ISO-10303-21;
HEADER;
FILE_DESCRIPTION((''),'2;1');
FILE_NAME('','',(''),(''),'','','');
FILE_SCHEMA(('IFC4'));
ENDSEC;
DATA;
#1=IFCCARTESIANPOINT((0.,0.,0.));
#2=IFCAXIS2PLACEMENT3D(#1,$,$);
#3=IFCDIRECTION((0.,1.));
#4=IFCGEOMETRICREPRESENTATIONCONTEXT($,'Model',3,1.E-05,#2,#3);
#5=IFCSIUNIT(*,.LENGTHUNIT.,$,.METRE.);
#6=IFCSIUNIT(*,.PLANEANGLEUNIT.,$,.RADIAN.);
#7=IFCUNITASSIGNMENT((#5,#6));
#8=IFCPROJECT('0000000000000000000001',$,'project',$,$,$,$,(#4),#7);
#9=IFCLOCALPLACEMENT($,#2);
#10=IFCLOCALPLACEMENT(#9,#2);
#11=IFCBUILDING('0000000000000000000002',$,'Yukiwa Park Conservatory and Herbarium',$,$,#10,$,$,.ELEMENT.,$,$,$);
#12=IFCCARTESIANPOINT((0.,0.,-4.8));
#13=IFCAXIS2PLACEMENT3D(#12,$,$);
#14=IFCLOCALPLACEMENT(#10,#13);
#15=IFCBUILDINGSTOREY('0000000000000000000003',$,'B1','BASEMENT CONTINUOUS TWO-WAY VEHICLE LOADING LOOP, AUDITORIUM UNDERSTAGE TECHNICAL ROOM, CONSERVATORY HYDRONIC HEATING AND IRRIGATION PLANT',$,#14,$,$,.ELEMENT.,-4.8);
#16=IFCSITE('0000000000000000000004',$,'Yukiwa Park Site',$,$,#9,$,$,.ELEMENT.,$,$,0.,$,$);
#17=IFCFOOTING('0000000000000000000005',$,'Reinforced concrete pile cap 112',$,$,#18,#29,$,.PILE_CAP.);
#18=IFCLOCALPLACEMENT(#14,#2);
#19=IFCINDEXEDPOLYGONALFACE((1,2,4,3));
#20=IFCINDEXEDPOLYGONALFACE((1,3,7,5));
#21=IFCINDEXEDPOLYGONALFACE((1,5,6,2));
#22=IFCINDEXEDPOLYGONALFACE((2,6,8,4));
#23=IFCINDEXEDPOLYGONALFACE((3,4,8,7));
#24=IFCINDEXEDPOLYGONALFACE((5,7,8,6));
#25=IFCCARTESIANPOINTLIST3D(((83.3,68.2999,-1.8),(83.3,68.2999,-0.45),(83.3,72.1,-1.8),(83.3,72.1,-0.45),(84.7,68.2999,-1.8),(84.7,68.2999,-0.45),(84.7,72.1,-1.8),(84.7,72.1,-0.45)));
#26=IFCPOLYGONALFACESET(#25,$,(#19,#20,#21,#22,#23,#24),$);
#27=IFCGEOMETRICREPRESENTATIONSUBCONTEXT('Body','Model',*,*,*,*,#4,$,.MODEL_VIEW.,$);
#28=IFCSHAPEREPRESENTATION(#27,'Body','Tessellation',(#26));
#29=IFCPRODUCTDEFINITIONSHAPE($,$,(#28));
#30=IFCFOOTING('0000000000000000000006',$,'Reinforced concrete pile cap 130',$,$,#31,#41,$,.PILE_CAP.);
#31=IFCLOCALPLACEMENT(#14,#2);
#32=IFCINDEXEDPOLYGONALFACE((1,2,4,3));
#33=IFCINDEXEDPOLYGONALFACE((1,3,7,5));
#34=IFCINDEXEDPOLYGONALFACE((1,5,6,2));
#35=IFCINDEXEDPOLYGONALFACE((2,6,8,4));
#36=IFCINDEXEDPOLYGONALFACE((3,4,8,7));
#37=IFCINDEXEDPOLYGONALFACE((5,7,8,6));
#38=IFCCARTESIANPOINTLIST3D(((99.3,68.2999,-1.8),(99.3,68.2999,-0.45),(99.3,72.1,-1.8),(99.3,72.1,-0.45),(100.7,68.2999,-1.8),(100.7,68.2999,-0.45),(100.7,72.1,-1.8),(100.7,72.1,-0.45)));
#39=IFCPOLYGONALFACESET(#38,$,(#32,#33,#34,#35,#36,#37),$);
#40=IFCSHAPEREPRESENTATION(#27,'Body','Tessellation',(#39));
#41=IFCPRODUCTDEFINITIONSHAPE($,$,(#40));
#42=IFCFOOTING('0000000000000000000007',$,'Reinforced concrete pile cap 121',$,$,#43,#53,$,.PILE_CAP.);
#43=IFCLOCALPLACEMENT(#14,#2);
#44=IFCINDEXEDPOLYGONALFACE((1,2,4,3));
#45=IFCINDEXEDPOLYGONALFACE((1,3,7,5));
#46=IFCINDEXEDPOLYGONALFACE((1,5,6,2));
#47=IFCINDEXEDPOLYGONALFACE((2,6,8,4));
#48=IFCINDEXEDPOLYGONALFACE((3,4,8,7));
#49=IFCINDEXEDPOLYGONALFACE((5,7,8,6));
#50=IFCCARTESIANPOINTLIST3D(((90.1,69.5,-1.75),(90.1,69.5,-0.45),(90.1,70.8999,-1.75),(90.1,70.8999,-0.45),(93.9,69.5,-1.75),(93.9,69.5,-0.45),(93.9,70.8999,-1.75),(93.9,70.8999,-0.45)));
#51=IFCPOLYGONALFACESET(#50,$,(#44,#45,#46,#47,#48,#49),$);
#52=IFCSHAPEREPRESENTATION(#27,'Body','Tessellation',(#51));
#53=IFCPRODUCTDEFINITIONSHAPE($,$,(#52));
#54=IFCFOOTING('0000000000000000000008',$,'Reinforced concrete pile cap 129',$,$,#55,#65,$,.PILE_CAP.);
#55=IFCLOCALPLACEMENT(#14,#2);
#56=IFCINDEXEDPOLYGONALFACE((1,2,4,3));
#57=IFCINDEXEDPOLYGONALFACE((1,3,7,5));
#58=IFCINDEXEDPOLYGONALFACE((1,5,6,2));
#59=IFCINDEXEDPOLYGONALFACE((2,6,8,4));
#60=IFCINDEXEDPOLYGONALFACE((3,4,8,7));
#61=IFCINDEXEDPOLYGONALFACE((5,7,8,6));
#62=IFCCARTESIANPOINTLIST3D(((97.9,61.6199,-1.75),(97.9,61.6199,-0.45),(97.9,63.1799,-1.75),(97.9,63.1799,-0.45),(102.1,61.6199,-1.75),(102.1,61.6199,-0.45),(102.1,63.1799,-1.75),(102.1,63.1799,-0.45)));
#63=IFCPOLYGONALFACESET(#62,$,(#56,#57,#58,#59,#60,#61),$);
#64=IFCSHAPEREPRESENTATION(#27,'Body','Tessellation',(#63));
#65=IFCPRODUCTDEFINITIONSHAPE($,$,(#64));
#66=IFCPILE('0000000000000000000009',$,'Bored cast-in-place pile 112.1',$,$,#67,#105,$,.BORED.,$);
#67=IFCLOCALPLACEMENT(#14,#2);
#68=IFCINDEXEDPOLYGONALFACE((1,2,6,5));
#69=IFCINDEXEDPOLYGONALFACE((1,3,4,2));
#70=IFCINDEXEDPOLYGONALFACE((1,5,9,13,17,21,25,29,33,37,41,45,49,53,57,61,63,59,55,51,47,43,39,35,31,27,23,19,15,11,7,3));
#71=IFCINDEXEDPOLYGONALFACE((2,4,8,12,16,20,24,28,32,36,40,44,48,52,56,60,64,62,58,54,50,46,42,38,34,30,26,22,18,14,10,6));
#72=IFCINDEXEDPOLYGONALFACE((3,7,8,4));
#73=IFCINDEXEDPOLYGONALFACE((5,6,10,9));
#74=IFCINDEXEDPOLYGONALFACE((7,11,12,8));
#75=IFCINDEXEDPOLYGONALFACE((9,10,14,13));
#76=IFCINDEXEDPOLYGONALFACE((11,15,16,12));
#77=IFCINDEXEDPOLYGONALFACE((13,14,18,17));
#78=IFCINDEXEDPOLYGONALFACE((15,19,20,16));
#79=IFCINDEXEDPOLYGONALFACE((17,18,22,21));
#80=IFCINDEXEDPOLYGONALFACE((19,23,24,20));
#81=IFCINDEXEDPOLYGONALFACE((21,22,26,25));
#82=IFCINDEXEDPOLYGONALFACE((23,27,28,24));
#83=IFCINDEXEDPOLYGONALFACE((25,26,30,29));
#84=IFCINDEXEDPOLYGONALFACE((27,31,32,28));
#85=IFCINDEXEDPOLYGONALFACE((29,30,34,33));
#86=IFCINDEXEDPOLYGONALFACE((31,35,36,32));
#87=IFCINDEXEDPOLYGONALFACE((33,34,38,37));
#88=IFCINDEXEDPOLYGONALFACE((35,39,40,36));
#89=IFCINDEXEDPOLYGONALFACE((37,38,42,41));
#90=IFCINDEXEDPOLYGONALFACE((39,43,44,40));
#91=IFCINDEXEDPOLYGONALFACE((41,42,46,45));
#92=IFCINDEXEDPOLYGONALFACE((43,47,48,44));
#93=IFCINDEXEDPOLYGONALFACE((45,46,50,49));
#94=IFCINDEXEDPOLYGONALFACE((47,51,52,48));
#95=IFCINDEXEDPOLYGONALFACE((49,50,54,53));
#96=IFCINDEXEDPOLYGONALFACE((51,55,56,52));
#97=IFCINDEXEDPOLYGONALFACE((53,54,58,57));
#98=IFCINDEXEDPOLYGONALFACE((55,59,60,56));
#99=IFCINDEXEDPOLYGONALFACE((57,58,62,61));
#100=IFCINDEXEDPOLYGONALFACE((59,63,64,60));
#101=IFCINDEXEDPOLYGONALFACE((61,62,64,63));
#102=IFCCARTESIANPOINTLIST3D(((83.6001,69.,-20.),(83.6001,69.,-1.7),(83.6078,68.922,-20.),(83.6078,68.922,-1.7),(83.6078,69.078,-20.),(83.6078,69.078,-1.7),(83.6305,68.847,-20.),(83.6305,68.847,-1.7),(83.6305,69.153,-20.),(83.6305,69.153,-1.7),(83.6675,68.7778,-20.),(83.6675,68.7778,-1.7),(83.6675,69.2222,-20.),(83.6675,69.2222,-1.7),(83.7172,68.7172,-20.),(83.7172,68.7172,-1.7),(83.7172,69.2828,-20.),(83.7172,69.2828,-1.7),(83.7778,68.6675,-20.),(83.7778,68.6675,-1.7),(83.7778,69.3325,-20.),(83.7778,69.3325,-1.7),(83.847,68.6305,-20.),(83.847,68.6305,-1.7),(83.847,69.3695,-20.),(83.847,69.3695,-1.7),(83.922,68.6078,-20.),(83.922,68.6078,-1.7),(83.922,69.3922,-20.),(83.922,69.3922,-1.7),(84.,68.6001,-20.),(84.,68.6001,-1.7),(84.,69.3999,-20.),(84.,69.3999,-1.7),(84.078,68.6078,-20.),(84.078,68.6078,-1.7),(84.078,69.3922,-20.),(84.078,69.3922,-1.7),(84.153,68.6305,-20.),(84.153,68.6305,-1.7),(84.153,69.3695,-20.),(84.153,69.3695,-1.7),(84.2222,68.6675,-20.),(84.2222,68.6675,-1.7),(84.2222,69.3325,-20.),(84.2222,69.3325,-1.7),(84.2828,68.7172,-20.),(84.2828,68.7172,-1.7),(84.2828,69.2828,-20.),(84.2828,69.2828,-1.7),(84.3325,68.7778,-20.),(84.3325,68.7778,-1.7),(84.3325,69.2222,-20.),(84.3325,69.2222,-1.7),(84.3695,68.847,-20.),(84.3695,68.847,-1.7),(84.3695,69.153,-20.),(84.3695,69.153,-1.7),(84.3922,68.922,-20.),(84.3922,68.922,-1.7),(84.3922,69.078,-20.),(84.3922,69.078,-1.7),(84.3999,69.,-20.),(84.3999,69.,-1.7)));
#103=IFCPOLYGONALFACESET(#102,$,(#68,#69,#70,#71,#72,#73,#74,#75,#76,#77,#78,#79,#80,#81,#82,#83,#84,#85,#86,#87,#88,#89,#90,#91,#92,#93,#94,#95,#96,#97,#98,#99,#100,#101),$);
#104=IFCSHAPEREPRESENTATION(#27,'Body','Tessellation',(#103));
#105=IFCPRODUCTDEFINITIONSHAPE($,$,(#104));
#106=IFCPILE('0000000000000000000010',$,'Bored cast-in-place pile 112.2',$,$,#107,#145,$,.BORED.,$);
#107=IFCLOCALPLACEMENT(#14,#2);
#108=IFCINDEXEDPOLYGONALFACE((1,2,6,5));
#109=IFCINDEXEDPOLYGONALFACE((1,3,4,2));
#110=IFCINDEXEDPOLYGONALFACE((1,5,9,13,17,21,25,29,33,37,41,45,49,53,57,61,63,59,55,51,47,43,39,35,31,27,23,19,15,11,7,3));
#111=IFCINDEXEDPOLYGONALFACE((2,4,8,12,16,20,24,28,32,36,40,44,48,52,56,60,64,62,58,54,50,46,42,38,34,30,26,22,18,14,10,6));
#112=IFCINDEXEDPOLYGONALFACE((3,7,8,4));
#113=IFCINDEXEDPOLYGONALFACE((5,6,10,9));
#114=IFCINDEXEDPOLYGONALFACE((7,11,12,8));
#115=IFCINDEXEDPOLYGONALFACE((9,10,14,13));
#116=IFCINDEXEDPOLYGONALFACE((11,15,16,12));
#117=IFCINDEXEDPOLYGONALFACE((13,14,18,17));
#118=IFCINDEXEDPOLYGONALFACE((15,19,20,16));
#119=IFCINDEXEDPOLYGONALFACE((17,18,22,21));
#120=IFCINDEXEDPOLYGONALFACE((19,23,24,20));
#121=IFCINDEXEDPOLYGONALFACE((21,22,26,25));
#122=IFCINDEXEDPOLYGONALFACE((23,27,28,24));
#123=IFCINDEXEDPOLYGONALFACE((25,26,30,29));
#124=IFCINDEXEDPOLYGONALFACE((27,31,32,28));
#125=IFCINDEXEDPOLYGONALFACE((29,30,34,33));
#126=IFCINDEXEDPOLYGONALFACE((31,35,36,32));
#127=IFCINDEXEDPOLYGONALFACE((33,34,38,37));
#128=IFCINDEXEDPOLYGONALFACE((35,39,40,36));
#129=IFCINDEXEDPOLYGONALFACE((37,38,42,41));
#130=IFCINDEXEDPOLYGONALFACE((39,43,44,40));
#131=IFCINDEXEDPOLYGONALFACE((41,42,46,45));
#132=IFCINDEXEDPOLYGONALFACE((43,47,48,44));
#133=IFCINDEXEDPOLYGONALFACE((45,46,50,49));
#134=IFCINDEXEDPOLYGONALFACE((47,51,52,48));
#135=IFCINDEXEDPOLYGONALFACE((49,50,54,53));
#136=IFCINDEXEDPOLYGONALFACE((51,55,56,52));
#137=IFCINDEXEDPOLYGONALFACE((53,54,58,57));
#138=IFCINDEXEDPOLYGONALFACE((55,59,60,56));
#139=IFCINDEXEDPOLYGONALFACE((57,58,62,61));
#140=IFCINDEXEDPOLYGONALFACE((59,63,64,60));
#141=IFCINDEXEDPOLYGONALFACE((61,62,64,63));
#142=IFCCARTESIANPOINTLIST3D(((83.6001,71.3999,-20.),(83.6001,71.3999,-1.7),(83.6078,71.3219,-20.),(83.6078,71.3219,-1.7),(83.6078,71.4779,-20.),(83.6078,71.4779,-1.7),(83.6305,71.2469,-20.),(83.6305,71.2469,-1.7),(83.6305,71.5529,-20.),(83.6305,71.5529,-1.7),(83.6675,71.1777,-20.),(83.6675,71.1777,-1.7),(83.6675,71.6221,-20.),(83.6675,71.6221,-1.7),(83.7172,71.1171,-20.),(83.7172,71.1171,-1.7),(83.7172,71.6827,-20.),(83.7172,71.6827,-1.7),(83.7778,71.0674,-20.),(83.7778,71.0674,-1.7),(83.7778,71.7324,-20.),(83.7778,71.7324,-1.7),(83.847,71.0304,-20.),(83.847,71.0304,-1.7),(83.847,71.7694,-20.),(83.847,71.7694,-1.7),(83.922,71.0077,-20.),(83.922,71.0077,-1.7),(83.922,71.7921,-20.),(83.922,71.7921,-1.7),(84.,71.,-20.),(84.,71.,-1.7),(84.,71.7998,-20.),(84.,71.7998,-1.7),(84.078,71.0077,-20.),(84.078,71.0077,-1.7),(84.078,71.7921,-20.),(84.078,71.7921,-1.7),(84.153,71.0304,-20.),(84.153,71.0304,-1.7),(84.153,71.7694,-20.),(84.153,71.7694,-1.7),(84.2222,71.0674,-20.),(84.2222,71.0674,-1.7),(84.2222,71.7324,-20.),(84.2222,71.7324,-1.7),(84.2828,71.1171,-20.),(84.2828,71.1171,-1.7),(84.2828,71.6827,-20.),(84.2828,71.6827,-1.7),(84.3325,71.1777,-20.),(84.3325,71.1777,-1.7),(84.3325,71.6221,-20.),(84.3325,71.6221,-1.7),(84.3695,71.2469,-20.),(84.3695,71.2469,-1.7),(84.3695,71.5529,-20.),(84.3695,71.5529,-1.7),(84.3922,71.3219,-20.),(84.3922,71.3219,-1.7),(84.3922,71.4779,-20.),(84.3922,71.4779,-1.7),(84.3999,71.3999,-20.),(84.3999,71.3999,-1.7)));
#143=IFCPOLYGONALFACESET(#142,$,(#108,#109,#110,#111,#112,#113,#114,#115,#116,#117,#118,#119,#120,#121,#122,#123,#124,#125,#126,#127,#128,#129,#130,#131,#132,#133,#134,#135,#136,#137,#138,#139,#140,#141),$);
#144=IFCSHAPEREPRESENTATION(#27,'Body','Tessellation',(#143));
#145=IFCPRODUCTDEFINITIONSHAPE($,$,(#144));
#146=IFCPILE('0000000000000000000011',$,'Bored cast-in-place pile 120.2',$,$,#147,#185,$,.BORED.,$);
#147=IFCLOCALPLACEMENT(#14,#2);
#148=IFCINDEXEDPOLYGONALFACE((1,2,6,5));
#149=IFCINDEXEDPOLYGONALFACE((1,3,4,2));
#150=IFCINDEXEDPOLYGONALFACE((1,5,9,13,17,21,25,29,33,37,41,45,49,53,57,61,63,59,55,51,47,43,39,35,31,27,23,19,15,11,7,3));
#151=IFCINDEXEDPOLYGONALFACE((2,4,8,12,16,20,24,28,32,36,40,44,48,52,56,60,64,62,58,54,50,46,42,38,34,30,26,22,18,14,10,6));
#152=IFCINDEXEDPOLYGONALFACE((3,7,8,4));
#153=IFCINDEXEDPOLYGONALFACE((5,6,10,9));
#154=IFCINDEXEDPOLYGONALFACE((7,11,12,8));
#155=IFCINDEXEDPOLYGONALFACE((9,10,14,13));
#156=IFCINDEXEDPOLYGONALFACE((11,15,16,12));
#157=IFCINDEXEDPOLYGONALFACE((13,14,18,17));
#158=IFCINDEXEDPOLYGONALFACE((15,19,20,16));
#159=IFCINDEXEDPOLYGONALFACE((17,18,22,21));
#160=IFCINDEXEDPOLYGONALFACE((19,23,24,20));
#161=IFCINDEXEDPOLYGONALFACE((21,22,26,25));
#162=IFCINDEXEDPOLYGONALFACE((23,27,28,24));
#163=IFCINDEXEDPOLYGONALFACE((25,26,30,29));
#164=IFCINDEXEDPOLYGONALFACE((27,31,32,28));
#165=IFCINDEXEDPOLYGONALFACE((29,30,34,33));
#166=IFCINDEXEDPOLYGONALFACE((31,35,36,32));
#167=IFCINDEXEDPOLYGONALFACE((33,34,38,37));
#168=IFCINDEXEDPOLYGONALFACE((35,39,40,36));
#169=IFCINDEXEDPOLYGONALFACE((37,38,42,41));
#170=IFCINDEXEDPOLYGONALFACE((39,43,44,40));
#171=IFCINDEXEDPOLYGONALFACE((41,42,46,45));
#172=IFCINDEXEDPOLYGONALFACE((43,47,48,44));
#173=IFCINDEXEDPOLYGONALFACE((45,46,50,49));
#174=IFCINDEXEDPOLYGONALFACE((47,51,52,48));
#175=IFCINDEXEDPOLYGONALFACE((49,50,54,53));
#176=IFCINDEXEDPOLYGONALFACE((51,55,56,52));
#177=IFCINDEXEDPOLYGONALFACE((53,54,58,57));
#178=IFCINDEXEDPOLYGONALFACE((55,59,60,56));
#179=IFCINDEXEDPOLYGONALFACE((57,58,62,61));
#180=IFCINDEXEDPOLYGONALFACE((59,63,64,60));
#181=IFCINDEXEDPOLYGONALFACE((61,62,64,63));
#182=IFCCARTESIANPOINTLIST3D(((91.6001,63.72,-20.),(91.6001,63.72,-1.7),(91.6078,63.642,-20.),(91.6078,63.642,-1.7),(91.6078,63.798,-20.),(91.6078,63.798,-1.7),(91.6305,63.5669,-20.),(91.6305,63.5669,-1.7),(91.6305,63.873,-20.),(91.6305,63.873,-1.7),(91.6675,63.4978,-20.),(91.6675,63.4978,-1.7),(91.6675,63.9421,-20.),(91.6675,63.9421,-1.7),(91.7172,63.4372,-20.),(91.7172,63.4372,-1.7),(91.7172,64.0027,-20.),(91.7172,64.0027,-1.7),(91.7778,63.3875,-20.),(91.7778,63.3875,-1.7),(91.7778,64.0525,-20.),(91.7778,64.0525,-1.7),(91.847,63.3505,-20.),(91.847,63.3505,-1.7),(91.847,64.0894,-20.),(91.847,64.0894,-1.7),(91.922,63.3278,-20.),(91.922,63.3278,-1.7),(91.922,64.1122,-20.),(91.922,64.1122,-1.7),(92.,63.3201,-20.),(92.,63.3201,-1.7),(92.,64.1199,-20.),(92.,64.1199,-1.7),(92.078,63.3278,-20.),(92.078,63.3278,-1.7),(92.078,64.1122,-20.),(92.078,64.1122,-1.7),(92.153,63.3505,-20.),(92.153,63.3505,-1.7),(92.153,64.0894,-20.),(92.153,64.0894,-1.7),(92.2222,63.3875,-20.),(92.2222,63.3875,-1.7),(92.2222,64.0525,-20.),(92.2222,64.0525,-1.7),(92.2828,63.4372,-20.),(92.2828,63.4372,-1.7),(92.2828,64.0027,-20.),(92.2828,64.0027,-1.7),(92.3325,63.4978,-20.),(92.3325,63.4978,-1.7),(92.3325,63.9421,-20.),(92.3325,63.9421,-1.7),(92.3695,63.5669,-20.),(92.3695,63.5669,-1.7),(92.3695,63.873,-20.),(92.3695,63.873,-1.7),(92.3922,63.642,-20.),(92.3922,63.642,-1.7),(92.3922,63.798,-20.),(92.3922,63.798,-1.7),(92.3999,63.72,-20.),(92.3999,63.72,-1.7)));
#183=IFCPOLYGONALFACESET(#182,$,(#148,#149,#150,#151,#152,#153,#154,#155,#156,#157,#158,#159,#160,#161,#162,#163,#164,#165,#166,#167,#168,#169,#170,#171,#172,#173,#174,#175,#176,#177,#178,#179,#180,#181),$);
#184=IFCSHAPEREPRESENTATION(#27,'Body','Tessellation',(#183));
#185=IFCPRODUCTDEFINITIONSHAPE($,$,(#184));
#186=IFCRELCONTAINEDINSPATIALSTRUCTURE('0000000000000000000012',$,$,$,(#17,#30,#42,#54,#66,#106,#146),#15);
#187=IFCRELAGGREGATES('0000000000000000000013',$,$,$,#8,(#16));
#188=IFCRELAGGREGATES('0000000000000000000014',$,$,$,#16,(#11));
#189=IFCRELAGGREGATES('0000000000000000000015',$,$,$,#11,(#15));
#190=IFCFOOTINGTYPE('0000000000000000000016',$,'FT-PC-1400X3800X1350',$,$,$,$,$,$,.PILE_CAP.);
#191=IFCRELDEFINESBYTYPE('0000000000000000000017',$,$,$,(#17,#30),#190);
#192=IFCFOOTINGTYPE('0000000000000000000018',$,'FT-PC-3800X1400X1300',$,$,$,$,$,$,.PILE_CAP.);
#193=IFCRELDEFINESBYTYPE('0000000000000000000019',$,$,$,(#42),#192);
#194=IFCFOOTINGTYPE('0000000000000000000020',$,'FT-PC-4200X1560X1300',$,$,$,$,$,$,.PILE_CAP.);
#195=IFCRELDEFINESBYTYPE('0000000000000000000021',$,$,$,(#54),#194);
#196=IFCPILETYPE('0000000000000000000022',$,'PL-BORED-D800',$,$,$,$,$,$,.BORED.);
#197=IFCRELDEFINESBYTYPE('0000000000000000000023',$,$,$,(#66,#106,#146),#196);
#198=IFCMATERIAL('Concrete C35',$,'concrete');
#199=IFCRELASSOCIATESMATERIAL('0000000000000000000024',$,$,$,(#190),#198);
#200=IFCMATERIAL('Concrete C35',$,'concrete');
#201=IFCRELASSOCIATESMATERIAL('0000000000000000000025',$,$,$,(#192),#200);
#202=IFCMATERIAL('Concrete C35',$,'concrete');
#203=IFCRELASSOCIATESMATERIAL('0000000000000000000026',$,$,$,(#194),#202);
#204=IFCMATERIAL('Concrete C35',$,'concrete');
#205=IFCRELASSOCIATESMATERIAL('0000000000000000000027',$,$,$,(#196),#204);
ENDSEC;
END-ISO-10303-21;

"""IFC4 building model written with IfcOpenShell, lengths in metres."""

from ifc_helpers import new_model, si_unit, direction, frame, origin, origin_2d, place, context, subcontext, project, spatial, rectangle, circle, extrude, material, material_profile, profile_set, type_object, element, save


model = new_model("IFC4")

# Units and contexts
model_context = context("Model", 3, precision=1e-05, world=origin(), true_north=direction((0.0, 1.0)))
body_context = subcontext(model_context, "Body", "Model", "MODEL_VIEW")
ifc_project = project(units=[si_unit("LENGTHUNIT", "METRE"), si_unit("PLANEANGLEUNIT", "RADIAN")], contexts=[model_context])

# Site, building, storey
site_placement = place(None, origin())
site = spatial("IfcSite", under=ifc_project, at=site_placement, Name="Yukiwa Park Site", CompositionType="ELEMENT", RefElevation=0.0)
building_placement = place(site_placement, origin())
building = spatial("IfcBuilding", under=site, at=building_placement, Name="Yukiwa Park Conservatory and Herbarium", CompositionType="ELEMENT")
storey_placement = place(building_placement, frame((0.0, 0.0, -4.8)))
storey = spatial("IfcBuildingStorey", under=building, at=storey_placement, Name="B1", Description="BASEMENT CONTINUOUS TWO-WAY VEHICLE LOADING LOOP, AUDITORIUM UNDERSTAGE TECHNICAL ROOM, CONSERVATORY HYDRONIC HEATING AND IRRIGATION PLANT", CompositionType="ELEMENT", Elevation=-4.8)

# Footings
ifc_material_1 = material(Name="Concrete C35", Category="concrete")
footing_type_1 = type_object("IfcFootingType", Name="FT-PC-1400X3800X1350", PredefinedType="PILE_CAP", material=ifc_material_1)
for number, where, z_axis, x_axis, name in (
    (1, (84.0, 70.2, -1.8), (0.0, 0.0, 1.0), (1.0, 0.0, 0.0), "Reinforced concrete pile cap 112"),
    (2, (100.0, 70.2, -1.8), (0.0, 0.0, 1.0), (1.0, 0.0, 0.0), "Reinforced concrete pile cap 130"),
):
    element("IfcFooting", number, at=place(storey_placement, frame(where, z_axis=z_axis, x_axis=x_axis)), inside=storey, type_object=footing_type_1, Name=name, PredefinedType="PILE_CAP", context=body_context, shape_type="SweptSolid", body=[
        extrude(rectangle(XDim=1.3999, YDim=3.8, at=origin_2d()), origin(), (0.0, 0.0, 1.0), 1.3501),
    ])
ifc_material_2 = material(Name="Concrete C35", Category="concrete")
footing_type_2 = type_object("IfcFootingType", Name="FT-PC-3800X1400X1300", PredefinedType="PILE_CAP", material=ifc_material_2)
footing_1_placement = place(storey_placement, frame((92.0, 70.2, -1.75), z_axis=(0.0, 0.0, 1.0), x_axis=(1.0, 0.0, 0.0)))
element("IfcFooting", 3, at=footing_1_placement, inside=storey, type_object=footing_type_2, Name="Reinforced concrete pile cap 121", PredefinedType="PILE_CAP", context=body_context, shape_type="SweptSolid", body=[
    extrude(rectangle(XDim=3.8, YDim=1.3999, at=origin_2d()), origin(), (0.0, 0.0, 1.0), 1.3),
])
ifc_material_3 = material(Name="Concrete C35", Category="concrete")
footing_type_3 = type_object("IfcFootingType", Name="FT-PC-4200X1560X1300", PredefinedType="PILE_CAP", material=ifc_material_3)
footing_2_placement = place(storey_placement, frame((100.0, 62.3999, -1.75), z_axis=(0.0, 0.0, 1.0), x_axis=(1.0, 0.0, 0.0)))
element("IfcFooting", 4, at=footing_2_placement, inside=storey, type_object=footing_type_3, Name="Reinforced concrete pile cap 129", PredefinedType="PILE_CAP", context=body_context, shape_type="SweptSolid", body=[
    extrude(rectangle(XDim=4.2, YDim=1.5601, at=origin_2d()), origin(), (0.0, 0.0, 1.0), 1.3),
])

# Piles
ifc_material_4 = material(Name="Concrete C35", Category="concrete")
ifc_material_profile_1 = material_profile(ifc_material_4, circle(Radius=0.3999, at=origin_2d()), Name="PILE D800")
ifc_profile_set_1 = profile_set([ifc_material_profile_1], Name="Concrete C35")
pile_type_1 = type_object("IfcPileType", Name="PL-BORED-D800", PredefinedType="BORED", material=ifc_profile_set_1)
for number, where, z_axis, x_axis, name in (
    (5, (84.0, 69.0, -1.7), (0.0, 0.0, -1.0), (1.0, 0.0, 0.0), "Bored cast-in-place pile 112.1"),
    (6, (84.0, 71.3999, -1.7), (0.0, 0.0, -1.0), (1.0, 0.0, 0.0), "Bored cast-in-place pile 112.2"),
    (7, (92.0, 63.72, -1.7), (0.0, 0.0, -1.0), (1.0, 0.0, 0.0), "Bored cast-in-place pile 120.2"),
):
    element("IfcPile", number, at=place(storey_placement, frame(where, z_axis=z_axis, x_axis=x_axis)), inside=storey, type_object=pile_type_1, Name=name, PredefinedType="BORED", context=body_context, shape_type="SweptSolid", body=[
        extrude(circle(Radius=0.3999, at=origin_2d()), origin(), (0.0, 0.0, 1.0), 18.3),
    ])

save(model, "model.ifc")
